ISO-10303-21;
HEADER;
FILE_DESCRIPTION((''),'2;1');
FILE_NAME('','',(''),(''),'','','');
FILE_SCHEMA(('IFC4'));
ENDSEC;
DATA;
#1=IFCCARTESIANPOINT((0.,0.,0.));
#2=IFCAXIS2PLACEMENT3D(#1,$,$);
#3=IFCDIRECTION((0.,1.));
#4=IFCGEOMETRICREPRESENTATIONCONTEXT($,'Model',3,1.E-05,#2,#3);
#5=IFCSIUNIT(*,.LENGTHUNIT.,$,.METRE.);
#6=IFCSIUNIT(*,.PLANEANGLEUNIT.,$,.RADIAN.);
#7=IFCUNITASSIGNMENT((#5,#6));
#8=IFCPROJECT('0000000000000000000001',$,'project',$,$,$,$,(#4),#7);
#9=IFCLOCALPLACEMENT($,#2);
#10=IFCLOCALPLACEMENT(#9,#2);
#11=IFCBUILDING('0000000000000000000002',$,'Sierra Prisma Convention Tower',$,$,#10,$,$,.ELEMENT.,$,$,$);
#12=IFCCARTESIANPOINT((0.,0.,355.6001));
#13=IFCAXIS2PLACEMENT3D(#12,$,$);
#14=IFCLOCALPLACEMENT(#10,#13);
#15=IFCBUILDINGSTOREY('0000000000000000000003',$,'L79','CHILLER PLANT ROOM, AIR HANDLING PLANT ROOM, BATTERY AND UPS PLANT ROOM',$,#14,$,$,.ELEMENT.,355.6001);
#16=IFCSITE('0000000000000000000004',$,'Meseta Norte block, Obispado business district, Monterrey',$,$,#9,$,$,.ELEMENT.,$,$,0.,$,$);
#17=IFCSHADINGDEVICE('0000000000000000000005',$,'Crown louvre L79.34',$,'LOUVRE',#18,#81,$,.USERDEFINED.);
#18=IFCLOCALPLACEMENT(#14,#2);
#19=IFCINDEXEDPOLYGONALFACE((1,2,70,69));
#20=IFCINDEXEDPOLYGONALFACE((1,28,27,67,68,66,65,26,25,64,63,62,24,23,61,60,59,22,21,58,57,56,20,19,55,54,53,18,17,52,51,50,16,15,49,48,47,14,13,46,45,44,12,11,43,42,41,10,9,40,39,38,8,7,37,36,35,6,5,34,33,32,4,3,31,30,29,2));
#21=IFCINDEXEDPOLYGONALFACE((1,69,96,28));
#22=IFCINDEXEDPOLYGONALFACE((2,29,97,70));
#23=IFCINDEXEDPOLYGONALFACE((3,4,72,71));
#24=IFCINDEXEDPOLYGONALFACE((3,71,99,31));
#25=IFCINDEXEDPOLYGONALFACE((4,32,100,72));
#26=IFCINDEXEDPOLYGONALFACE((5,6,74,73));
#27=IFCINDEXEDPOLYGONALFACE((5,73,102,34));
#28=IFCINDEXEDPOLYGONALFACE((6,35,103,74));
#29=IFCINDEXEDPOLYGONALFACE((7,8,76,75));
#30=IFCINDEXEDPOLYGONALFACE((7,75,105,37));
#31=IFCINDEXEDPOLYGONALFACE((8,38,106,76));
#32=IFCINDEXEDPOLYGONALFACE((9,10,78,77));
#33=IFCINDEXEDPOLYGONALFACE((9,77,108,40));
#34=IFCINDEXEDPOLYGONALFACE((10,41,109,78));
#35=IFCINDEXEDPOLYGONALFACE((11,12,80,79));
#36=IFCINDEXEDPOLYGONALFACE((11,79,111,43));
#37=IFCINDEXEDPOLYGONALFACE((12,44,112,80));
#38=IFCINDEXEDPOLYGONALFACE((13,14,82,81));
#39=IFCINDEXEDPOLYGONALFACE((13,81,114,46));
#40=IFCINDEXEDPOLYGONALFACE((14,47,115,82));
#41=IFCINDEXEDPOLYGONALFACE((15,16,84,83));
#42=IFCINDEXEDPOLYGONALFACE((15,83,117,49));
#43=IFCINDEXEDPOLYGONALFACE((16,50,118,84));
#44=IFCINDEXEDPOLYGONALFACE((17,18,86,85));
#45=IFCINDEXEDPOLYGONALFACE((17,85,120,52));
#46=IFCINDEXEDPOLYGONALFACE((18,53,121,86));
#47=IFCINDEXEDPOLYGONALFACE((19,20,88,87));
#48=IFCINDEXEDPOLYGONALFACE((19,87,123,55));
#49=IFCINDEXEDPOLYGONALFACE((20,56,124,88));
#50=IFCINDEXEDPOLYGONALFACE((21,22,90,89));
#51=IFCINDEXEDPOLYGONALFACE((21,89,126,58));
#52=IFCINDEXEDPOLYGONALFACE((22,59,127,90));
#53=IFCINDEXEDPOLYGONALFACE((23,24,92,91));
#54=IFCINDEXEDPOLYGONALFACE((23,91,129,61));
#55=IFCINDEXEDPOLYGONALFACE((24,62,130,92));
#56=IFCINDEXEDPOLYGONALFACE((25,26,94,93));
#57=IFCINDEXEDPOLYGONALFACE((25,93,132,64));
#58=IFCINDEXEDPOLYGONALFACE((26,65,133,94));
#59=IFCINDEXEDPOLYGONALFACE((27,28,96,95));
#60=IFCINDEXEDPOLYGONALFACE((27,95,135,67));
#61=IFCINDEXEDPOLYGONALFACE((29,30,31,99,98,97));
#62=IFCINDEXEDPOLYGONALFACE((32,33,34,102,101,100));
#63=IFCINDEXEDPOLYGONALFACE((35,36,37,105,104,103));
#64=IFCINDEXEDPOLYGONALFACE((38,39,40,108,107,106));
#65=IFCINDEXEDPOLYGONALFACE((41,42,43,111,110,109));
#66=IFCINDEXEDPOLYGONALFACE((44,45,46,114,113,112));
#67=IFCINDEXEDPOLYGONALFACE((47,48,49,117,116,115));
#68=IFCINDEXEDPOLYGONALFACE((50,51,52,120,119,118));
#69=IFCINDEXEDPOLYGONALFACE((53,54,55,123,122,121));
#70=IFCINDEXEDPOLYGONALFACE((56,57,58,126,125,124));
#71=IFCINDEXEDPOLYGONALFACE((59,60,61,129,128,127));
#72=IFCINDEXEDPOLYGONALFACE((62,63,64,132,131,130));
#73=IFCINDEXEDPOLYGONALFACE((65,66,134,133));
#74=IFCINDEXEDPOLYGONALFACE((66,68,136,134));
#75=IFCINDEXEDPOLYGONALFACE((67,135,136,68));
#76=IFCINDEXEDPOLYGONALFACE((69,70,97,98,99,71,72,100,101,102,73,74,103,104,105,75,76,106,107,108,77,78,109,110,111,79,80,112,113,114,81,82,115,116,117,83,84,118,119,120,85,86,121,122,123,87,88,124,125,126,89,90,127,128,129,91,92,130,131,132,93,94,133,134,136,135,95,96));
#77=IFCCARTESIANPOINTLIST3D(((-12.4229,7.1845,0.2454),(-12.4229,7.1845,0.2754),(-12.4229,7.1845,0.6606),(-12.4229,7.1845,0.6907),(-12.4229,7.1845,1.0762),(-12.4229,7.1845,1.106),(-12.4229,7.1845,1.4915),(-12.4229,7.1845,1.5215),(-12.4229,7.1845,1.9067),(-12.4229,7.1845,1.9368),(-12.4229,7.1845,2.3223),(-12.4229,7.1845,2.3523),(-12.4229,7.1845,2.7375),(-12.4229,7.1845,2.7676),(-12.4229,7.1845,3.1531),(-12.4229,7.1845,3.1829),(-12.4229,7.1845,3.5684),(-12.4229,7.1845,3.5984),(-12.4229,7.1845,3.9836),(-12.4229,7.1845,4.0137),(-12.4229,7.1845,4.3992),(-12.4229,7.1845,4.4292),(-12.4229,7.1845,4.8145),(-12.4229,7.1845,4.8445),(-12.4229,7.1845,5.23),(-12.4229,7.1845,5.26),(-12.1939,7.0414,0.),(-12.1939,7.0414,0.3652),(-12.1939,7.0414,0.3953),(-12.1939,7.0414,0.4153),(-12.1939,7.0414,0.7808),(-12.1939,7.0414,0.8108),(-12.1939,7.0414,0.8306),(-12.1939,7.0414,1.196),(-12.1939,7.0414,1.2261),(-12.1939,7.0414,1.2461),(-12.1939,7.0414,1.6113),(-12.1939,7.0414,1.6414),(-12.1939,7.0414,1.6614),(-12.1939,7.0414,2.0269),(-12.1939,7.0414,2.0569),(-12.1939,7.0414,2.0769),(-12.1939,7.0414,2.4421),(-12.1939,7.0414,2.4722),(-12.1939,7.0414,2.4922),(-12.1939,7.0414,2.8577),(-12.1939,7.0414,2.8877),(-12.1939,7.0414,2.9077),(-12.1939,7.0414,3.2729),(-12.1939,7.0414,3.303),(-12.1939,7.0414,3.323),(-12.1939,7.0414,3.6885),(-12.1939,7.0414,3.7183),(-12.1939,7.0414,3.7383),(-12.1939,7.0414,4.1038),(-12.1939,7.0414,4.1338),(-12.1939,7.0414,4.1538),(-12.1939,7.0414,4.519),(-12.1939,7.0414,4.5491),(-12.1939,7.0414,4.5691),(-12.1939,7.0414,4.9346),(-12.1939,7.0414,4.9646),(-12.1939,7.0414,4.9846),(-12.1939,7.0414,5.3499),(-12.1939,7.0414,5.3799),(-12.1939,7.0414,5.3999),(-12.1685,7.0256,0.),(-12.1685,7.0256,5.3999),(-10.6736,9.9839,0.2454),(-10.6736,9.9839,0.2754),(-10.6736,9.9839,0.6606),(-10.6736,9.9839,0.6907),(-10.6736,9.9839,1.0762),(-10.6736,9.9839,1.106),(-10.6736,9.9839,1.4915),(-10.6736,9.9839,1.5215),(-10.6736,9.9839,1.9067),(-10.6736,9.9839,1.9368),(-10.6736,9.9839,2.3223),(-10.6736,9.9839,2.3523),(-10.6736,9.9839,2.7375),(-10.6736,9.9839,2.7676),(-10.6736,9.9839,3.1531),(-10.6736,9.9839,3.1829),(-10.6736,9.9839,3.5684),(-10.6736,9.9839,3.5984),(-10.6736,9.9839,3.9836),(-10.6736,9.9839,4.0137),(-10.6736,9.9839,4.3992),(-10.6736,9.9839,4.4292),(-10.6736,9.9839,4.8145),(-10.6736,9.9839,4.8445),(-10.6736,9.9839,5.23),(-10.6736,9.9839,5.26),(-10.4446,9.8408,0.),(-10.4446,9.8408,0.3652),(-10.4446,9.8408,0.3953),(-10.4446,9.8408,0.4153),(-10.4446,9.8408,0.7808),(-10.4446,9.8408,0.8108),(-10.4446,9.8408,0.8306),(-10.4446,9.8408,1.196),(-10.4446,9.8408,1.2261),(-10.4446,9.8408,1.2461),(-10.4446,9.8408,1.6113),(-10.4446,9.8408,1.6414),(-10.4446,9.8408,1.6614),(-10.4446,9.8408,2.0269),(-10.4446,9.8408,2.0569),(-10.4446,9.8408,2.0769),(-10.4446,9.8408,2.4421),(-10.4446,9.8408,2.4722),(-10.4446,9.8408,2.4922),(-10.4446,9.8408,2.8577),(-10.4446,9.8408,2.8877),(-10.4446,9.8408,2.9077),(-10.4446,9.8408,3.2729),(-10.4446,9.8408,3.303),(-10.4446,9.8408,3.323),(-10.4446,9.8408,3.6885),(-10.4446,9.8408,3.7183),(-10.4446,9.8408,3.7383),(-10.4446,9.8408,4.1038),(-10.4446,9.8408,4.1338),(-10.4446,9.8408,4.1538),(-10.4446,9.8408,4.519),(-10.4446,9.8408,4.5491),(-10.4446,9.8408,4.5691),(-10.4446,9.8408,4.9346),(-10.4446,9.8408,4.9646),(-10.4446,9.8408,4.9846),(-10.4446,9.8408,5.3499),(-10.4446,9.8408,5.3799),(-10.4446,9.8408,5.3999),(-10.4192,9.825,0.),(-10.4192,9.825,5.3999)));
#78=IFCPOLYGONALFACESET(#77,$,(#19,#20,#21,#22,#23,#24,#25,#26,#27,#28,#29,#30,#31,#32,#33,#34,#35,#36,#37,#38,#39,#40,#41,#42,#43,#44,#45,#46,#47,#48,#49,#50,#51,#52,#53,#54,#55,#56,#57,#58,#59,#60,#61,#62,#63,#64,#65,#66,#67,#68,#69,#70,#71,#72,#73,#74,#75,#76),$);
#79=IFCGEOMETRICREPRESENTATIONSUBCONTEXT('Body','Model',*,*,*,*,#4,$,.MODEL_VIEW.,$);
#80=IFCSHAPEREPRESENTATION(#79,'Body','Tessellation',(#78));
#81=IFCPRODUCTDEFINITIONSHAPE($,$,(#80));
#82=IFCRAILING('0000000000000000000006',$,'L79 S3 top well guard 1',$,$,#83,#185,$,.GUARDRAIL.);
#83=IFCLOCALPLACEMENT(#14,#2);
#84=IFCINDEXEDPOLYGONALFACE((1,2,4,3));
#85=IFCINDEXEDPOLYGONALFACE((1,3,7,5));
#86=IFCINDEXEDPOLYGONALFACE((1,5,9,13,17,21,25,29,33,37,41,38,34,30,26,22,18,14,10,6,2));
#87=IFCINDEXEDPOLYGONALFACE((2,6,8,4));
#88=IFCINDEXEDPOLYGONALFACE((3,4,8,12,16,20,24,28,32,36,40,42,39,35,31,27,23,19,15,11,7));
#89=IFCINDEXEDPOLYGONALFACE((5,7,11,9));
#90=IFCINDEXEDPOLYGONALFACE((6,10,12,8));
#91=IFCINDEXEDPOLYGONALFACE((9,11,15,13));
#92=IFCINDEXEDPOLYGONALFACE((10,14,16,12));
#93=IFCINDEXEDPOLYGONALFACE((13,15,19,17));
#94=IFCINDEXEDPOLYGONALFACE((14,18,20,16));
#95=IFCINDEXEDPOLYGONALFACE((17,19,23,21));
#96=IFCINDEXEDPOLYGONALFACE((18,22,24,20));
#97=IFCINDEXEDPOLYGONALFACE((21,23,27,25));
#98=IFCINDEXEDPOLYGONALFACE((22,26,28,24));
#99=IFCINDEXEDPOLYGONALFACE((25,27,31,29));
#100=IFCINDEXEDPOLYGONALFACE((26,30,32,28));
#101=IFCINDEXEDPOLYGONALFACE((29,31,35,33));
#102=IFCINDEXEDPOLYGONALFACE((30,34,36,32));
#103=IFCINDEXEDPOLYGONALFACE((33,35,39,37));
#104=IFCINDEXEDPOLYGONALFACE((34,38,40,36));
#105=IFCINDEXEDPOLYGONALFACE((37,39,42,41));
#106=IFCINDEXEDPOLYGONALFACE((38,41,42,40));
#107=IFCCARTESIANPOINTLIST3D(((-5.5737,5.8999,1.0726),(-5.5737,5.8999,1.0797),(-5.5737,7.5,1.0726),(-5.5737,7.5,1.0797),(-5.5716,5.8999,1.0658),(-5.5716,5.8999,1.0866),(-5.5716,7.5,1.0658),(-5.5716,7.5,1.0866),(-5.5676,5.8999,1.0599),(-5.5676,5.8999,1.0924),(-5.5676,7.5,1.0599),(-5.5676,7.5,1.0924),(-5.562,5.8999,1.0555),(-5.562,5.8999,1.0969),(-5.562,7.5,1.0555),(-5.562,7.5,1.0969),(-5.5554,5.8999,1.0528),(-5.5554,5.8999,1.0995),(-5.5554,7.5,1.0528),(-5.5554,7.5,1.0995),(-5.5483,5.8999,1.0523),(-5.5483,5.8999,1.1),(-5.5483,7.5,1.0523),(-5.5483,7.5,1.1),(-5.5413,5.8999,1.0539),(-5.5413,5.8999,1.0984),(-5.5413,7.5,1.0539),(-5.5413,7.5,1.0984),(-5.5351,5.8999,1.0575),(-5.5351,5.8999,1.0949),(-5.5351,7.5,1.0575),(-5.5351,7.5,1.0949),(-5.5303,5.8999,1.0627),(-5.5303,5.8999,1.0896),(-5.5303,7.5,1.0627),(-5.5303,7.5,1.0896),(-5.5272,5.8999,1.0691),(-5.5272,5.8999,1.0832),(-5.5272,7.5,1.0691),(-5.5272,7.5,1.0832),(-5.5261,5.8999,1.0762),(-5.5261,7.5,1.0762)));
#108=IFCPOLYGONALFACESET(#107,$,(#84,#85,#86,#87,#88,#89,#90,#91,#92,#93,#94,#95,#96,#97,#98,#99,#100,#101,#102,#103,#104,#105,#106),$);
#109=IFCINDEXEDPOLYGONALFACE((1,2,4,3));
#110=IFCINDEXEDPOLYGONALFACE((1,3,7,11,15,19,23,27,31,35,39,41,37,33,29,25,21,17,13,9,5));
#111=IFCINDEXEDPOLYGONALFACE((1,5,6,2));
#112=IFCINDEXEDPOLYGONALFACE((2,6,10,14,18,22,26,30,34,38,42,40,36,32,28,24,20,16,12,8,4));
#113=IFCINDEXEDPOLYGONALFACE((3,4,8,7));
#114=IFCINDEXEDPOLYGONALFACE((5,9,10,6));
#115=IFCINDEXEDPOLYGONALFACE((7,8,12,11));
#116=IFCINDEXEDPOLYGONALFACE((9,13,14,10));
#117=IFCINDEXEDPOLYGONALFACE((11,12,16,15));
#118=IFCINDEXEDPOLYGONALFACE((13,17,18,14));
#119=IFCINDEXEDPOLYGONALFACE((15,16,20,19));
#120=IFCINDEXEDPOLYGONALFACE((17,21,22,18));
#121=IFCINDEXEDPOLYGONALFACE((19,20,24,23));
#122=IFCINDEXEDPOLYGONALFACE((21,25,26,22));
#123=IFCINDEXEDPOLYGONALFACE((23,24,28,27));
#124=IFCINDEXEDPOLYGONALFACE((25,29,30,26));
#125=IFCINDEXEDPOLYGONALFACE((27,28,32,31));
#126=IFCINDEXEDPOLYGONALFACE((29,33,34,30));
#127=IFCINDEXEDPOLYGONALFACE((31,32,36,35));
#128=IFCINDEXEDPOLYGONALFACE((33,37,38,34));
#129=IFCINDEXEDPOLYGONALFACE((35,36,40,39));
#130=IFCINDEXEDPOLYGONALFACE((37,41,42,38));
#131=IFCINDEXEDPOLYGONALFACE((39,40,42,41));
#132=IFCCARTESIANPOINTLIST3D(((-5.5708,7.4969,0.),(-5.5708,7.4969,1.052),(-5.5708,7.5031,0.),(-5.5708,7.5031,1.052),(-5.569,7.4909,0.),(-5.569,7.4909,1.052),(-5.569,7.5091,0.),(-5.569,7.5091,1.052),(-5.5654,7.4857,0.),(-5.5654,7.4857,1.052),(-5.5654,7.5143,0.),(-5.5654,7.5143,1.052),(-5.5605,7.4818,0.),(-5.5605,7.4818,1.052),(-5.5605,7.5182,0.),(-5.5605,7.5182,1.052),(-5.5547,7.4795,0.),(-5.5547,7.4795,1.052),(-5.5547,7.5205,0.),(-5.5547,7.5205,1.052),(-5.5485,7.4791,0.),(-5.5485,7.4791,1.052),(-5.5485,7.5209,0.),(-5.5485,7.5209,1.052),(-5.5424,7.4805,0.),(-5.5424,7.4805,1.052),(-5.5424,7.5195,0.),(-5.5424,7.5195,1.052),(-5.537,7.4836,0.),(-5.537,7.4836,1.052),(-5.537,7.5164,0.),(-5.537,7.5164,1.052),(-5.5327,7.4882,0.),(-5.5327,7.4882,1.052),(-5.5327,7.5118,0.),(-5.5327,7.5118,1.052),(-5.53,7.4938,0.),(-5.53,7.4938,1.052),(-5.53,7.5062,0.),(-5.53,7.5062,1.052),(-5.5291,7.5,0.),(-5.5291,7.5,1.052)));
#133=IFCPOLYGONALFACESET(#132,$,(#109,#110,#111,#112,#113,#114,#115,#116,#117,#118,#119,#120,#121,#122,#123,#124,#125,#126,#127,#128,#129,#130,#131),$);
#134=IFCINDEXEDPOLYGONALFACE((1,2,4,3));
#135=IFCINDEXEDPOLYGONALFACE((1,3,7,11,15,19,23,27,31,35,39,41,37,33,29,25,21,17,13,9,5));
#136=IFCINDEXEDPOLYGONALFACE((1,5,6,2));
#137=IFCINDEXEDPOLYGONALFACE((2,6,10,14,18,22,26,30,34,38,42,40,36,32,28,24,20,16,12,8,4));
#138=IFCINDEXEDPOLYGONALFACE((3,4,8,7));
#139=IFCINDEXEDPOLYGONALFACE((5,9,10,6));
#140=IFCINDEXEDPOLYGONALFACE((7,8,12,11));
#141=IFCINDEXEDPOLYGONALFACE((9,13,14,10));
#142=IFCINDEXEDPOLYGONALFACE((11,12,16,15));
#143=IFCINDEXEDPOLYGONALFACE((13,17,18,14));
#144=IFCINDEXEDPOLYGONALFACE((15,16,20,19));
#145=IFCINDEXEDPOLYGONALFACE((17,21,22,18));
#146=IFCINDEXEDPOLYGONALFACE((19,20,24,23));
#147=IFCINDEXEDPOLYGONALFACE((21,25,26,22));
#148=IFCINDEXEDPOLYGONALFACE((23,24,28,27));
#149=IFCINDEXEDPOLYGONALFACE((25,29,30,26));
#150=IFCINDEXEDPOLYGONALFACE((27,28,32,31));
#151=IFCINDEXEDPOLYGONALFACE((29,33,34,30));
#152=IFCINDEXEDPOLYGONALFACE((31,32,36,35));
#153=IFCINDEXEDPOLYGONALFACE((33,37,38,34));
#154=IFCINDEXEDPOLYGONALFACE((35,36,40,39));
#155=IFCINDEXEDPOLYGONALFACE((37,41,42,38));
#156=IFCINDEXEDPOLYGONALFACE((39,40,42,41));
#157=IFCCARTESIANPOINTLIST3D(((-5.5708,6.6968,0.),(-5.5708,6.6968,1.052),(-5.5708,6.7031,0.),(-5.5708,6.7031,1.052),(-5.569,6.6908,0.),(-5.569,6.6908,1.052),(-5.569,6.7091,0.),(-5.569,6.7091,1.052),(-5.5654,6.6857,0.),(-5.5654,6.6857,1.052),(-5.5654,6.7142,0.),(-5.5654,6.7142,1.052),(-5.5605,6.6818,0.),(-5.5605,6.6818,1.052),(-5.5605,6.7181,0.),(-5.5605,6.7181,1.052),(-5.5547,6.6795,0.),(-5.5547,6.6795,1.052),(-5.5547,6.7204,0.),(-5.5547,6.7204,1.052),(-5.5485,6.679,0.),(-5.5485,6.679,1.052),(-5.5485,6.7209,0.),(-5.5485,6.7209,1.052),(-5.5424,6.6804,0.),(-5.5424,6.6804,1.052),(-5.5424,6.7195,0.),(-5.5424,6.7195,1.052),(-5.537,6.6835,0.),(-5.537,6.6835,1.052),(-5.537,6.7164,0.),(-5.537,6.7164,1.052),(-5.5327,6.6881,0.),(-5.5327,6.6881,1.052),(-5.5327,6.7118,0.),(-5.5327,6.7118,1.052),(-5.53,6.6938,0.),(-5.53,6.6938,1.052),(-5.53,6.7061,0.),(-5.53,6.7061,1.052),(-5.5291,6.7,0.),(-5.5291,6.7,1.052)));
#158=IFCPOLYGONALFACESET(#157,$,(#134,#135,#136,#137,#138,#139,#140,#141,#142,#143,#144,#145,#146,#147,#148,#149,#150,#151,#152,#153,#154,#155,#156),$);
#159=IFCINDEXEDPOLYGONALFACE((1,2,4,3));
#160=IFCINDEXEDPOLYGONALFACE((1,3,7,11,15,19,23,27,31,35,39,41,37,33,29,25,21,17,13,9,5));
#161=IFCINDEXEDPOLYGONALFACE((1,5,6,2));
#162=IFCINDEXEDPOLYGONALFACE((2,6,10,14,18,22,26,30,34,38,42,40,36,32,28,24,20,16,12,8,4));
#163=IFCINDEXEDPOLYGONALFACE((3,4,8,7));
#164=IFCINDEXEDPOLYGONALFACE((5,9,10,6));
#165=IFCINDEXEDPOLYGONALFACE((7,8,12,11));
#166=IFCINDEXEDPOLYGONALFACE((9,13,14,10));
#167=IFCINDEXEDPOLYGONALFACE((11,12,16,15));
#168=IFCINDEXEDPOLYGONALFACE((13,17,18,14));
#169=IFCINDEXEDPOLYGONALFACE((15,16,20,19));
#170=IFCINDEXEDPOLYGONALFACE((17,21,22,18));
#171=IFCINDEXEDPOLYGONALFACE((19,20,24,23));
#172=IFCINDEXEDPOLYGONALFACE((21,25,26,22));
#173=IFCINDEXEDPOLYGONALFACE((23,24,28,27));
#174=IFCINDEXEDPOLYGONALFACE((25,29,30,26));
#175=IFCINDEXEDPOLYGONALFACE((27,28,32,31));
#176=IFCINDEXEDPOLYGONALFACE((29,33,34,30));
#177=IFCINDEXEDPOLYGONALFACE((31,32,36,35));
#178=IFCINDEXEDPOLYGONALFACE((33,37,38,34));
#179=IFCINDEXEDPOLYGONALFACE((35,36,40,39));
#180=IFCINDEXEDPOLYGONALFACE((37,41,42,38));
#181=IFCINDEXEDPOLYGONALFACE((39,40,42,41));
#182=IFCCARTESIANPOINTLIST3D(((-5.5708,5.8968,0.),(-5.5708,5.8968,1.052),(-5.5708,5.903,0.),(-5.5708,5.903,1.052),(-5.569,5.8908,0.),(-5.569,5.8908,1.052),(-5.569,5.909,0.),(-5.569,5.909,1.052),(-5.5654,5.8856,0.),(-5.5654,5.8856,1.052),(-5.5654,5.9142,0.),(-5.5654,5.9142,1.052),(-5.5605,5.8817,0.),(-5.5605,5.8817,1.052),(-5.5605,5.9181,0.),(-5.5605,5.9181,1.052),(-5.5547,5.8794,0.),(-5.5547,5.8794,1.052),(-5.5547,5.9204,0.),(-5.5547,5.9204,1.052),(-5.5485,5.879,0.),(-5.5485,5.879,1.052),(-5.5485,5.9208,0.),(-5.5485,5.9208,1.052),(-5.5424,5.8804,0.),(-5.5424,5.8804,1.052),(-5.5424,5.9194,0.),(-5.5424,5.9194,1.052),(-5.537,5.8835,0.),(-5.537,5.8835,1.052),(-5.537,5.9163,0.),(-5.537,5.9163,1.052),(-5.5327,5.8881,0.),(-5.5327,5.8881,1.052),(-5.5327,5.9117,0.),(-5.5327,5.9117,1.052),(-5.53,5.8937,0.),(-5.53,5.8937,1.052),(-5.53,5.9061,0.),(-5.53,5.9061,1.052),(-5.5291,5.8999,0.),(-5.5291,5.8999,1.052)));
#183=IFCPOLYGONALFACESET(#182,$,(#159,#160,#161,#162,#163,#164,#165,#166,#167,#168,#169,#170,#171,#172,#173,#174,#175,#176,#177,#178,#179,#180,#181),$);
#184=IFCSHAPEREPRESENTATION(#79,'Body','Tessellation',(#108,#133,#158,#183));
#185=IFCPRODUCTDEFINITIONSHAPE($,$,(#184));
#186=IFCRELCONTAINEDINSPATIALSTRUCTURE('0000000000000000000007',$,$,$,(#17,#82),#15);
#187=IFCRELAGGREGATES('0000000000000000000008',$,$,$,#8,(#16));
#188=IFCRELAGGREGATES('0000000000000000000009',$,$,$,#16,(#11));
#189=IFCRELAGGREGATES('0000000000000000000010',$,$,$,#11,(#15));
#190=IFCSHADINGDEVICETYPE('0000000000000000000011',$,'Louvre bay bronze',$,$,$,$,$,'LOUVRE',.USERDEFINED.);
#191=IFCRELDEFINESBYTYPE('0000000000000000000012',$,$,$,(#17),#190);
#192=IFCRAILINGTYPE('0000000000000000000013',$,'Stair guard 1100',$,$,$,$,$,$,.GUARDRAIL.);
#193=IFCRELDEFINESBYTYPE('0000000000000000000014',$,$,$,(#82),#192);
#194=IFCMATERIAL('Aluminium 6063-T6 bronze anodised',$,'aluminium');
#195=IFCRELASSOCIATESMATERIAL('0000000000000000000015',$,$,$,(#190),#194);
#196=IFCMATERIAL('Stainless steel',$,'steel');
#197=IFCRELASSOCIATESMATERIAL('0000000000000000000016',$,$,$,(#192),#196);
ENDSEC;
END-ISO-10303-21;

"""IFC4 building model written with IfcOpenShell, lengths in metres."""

from ifc_helpers import new_model, si_unit, direction, frame, origin, origin_2d, place, context, subcontext, project, spatial, polyline, circle, outline, extrude, material, type_object, element, save


model = new_model("IFC4")

# Units and contexts
model_context = context("Model", 3, precision=1e-05, world=origin(), true_north=direction((0.0, 1.0)))
body_context = subcontext(model_context, "Body", "Model", "MODEL_VIEW")
ifc_project = project(units=[si_unit("LENGTHUNIT", "METRE"), si_unit("PLANEANGLEUNIT", "RADIAN")], contexts=[model_context])

# Site, building, storey
site_placement = place(None, origin())
site = spatial("IfcSite", under=ifc_project, at=site_placement, Name="Meseta Norte block, Obispado business district, Monterrey", CompositionType="ELEMENT", RefElevation=0.0)
building_placement = place(site_placement, origin())
building = spatial("IfcBuilding", under=site, at=building_placement, Name="Sierra Prisma Convention Tower", CompositionType="ELEMENT")
storey_placement = place(building_placement, frame((0.0, 0.0, 355.6001)))
storey = spatial("IfcBuildingStorey", under=building, at=storey_placement, Name="L79", Description="CHILLER PLANT ROOM, AIR HANDLING PLANT ROOM, BATTERY AND UPS PLANT ROOM", CompositionType="ELEMENT", Elevation=355.6001)

# Shading device
ifc_material_1 = material(Name="Aluminium 6063-T6 bronze anodised", Category="aluminium")
shading_device_type = type_object("IfcShadingDeviceType", Name="Louvre bay bronze", ElementType="LOUVRE", PredefinedType="USERDEFINED", material=ifc_material_1)
shading_device_1_placement = place(storey_placement, frame((-10.4192, 9.825, 0.0), z_axis=(0.529935, 0.848038, 0.0), x_axis=(0.0, 0.0, 1.0)))
element("IfcShadingDevice", 1, at=shading_device_1_placement, inside=storey, type_object=shading_device_type, Name="Crown louvre L79.34", ObjectType="LOUVRE", PredefinedType="USERDEFINED", context=body_context, shape_type="SweptSolid", body=[
    extrude(outline(polyline([(0.0, 0.0), (5.3999, 0.0), (5.3999, -0.0299), (5.3799, -0.0299), (5.26, -0.3), (5.23, -0.3), (5.3499, -0.0299), (4.9846, -0.0299), (4.9646, -0.0299), (4.8445, -0.3), (4.8145, -0.3), (4.9346, -0.0299), (4.5691, -0.0299), (4.5491, -0.0299), (4.4292, -0.3), (4.3992, -0.3), (4.519, -0.0299), (4.1538, -0.0299), (4.1338, -0.0299), (4.0137, -0.3), (3.9836, -0.3), (4.1038, -0.0299), (3.7383, -0.0299), (3.7183, -0.0299), (3.5984, -0.3), (3.5684, -0.3), (3.6885, -0.0299), (3.323, -0.0299), (3.303, -0.0299), (3.1829, -0.3), (3.1531, -0.3), (3.2729, -0.0299), (2.9077, -0.0299), (2.8877, -0.0299), (2.7676, -0.3), (2.7375, -0.3), (2.8577, -0.0299), (2.4922, -0.0299), (2.4722, -0.0299), (2.3523, -0.3), (2.3223, -0.3), (2.4421, -0.0299), (2.0769, -0.0299), (2.0569, -0.0299), (1.9368, -0.3), (1.9067, -0.3), (2.0269, -0.0299), (1.6614, -0.0299), (1.6414, -0.0299), (1.5215, -0.3), (1.4915, -0.3), (1.6113, -0.0299), (1.2461, -0.0299), (1.2261, -0.0299), (1.106, -0.3), (1.0762, -0.3), (1.196, -0.0299), (0.8306, -0.0299), (0.8108, -0.0299), (0.6907, -0.3), (0.6606, -0.3), (0.7808, -0.0299), (0.4153, -0.0299), (0.3953, -0.0299), (0.2754, -0.3), (0.2454, -0.3), (0.3652, -0.0299), (0.0, -0.0299), (0.0, 0.0)])), origin(), (0.0, 0.0, -1.0), 3.301),
])

# Railing
ifc_material_2 = material(Name="Stainless steel", Category="steel")
railing_type = type_object("IfcRailingType", Name="Stair guard 1100", PredefinedType="GUARDRAIL", material=ifc_material_2)
railing_placement = place(storey_placement, frame((-5.55, 7.5, 0.0)))
element("IfcRailing", 2, at=railing_placement, inside=storey, type_object=railing_type, Name="L79 S3 top well guard 1", PredefinedType="GUARDRAIL", context=body_context, shape_type="SweptSolid", body=[
    extrude(circle(Radius=0.0239, at=origin_2d()), frame((0.0, 0.0, 1.0762), z_axis=(0.0, -1.0, 0.0), x_axis=(1.0, 0.0, 0.0)), (0.0, 0.0, 1.0), 1.6001),
    extrude(circle(Radius=0.021, at=origin_2d()), origin(), (0.0, 0.0, 1.0), 1.052),
    extrude(circle(Radius=0.021, at=origin_2d()), frame((0.0, -0.8, 0.0)), (0.0, 0.0, 1.0), 1.052),
    extrude(circle(Radius=0.021, at=origin_2d()), frame((0.0, -1.6001, 0.0)), (0.0, 0.0, 1.0), 1.052),
])

save(model, "model.ifc")
